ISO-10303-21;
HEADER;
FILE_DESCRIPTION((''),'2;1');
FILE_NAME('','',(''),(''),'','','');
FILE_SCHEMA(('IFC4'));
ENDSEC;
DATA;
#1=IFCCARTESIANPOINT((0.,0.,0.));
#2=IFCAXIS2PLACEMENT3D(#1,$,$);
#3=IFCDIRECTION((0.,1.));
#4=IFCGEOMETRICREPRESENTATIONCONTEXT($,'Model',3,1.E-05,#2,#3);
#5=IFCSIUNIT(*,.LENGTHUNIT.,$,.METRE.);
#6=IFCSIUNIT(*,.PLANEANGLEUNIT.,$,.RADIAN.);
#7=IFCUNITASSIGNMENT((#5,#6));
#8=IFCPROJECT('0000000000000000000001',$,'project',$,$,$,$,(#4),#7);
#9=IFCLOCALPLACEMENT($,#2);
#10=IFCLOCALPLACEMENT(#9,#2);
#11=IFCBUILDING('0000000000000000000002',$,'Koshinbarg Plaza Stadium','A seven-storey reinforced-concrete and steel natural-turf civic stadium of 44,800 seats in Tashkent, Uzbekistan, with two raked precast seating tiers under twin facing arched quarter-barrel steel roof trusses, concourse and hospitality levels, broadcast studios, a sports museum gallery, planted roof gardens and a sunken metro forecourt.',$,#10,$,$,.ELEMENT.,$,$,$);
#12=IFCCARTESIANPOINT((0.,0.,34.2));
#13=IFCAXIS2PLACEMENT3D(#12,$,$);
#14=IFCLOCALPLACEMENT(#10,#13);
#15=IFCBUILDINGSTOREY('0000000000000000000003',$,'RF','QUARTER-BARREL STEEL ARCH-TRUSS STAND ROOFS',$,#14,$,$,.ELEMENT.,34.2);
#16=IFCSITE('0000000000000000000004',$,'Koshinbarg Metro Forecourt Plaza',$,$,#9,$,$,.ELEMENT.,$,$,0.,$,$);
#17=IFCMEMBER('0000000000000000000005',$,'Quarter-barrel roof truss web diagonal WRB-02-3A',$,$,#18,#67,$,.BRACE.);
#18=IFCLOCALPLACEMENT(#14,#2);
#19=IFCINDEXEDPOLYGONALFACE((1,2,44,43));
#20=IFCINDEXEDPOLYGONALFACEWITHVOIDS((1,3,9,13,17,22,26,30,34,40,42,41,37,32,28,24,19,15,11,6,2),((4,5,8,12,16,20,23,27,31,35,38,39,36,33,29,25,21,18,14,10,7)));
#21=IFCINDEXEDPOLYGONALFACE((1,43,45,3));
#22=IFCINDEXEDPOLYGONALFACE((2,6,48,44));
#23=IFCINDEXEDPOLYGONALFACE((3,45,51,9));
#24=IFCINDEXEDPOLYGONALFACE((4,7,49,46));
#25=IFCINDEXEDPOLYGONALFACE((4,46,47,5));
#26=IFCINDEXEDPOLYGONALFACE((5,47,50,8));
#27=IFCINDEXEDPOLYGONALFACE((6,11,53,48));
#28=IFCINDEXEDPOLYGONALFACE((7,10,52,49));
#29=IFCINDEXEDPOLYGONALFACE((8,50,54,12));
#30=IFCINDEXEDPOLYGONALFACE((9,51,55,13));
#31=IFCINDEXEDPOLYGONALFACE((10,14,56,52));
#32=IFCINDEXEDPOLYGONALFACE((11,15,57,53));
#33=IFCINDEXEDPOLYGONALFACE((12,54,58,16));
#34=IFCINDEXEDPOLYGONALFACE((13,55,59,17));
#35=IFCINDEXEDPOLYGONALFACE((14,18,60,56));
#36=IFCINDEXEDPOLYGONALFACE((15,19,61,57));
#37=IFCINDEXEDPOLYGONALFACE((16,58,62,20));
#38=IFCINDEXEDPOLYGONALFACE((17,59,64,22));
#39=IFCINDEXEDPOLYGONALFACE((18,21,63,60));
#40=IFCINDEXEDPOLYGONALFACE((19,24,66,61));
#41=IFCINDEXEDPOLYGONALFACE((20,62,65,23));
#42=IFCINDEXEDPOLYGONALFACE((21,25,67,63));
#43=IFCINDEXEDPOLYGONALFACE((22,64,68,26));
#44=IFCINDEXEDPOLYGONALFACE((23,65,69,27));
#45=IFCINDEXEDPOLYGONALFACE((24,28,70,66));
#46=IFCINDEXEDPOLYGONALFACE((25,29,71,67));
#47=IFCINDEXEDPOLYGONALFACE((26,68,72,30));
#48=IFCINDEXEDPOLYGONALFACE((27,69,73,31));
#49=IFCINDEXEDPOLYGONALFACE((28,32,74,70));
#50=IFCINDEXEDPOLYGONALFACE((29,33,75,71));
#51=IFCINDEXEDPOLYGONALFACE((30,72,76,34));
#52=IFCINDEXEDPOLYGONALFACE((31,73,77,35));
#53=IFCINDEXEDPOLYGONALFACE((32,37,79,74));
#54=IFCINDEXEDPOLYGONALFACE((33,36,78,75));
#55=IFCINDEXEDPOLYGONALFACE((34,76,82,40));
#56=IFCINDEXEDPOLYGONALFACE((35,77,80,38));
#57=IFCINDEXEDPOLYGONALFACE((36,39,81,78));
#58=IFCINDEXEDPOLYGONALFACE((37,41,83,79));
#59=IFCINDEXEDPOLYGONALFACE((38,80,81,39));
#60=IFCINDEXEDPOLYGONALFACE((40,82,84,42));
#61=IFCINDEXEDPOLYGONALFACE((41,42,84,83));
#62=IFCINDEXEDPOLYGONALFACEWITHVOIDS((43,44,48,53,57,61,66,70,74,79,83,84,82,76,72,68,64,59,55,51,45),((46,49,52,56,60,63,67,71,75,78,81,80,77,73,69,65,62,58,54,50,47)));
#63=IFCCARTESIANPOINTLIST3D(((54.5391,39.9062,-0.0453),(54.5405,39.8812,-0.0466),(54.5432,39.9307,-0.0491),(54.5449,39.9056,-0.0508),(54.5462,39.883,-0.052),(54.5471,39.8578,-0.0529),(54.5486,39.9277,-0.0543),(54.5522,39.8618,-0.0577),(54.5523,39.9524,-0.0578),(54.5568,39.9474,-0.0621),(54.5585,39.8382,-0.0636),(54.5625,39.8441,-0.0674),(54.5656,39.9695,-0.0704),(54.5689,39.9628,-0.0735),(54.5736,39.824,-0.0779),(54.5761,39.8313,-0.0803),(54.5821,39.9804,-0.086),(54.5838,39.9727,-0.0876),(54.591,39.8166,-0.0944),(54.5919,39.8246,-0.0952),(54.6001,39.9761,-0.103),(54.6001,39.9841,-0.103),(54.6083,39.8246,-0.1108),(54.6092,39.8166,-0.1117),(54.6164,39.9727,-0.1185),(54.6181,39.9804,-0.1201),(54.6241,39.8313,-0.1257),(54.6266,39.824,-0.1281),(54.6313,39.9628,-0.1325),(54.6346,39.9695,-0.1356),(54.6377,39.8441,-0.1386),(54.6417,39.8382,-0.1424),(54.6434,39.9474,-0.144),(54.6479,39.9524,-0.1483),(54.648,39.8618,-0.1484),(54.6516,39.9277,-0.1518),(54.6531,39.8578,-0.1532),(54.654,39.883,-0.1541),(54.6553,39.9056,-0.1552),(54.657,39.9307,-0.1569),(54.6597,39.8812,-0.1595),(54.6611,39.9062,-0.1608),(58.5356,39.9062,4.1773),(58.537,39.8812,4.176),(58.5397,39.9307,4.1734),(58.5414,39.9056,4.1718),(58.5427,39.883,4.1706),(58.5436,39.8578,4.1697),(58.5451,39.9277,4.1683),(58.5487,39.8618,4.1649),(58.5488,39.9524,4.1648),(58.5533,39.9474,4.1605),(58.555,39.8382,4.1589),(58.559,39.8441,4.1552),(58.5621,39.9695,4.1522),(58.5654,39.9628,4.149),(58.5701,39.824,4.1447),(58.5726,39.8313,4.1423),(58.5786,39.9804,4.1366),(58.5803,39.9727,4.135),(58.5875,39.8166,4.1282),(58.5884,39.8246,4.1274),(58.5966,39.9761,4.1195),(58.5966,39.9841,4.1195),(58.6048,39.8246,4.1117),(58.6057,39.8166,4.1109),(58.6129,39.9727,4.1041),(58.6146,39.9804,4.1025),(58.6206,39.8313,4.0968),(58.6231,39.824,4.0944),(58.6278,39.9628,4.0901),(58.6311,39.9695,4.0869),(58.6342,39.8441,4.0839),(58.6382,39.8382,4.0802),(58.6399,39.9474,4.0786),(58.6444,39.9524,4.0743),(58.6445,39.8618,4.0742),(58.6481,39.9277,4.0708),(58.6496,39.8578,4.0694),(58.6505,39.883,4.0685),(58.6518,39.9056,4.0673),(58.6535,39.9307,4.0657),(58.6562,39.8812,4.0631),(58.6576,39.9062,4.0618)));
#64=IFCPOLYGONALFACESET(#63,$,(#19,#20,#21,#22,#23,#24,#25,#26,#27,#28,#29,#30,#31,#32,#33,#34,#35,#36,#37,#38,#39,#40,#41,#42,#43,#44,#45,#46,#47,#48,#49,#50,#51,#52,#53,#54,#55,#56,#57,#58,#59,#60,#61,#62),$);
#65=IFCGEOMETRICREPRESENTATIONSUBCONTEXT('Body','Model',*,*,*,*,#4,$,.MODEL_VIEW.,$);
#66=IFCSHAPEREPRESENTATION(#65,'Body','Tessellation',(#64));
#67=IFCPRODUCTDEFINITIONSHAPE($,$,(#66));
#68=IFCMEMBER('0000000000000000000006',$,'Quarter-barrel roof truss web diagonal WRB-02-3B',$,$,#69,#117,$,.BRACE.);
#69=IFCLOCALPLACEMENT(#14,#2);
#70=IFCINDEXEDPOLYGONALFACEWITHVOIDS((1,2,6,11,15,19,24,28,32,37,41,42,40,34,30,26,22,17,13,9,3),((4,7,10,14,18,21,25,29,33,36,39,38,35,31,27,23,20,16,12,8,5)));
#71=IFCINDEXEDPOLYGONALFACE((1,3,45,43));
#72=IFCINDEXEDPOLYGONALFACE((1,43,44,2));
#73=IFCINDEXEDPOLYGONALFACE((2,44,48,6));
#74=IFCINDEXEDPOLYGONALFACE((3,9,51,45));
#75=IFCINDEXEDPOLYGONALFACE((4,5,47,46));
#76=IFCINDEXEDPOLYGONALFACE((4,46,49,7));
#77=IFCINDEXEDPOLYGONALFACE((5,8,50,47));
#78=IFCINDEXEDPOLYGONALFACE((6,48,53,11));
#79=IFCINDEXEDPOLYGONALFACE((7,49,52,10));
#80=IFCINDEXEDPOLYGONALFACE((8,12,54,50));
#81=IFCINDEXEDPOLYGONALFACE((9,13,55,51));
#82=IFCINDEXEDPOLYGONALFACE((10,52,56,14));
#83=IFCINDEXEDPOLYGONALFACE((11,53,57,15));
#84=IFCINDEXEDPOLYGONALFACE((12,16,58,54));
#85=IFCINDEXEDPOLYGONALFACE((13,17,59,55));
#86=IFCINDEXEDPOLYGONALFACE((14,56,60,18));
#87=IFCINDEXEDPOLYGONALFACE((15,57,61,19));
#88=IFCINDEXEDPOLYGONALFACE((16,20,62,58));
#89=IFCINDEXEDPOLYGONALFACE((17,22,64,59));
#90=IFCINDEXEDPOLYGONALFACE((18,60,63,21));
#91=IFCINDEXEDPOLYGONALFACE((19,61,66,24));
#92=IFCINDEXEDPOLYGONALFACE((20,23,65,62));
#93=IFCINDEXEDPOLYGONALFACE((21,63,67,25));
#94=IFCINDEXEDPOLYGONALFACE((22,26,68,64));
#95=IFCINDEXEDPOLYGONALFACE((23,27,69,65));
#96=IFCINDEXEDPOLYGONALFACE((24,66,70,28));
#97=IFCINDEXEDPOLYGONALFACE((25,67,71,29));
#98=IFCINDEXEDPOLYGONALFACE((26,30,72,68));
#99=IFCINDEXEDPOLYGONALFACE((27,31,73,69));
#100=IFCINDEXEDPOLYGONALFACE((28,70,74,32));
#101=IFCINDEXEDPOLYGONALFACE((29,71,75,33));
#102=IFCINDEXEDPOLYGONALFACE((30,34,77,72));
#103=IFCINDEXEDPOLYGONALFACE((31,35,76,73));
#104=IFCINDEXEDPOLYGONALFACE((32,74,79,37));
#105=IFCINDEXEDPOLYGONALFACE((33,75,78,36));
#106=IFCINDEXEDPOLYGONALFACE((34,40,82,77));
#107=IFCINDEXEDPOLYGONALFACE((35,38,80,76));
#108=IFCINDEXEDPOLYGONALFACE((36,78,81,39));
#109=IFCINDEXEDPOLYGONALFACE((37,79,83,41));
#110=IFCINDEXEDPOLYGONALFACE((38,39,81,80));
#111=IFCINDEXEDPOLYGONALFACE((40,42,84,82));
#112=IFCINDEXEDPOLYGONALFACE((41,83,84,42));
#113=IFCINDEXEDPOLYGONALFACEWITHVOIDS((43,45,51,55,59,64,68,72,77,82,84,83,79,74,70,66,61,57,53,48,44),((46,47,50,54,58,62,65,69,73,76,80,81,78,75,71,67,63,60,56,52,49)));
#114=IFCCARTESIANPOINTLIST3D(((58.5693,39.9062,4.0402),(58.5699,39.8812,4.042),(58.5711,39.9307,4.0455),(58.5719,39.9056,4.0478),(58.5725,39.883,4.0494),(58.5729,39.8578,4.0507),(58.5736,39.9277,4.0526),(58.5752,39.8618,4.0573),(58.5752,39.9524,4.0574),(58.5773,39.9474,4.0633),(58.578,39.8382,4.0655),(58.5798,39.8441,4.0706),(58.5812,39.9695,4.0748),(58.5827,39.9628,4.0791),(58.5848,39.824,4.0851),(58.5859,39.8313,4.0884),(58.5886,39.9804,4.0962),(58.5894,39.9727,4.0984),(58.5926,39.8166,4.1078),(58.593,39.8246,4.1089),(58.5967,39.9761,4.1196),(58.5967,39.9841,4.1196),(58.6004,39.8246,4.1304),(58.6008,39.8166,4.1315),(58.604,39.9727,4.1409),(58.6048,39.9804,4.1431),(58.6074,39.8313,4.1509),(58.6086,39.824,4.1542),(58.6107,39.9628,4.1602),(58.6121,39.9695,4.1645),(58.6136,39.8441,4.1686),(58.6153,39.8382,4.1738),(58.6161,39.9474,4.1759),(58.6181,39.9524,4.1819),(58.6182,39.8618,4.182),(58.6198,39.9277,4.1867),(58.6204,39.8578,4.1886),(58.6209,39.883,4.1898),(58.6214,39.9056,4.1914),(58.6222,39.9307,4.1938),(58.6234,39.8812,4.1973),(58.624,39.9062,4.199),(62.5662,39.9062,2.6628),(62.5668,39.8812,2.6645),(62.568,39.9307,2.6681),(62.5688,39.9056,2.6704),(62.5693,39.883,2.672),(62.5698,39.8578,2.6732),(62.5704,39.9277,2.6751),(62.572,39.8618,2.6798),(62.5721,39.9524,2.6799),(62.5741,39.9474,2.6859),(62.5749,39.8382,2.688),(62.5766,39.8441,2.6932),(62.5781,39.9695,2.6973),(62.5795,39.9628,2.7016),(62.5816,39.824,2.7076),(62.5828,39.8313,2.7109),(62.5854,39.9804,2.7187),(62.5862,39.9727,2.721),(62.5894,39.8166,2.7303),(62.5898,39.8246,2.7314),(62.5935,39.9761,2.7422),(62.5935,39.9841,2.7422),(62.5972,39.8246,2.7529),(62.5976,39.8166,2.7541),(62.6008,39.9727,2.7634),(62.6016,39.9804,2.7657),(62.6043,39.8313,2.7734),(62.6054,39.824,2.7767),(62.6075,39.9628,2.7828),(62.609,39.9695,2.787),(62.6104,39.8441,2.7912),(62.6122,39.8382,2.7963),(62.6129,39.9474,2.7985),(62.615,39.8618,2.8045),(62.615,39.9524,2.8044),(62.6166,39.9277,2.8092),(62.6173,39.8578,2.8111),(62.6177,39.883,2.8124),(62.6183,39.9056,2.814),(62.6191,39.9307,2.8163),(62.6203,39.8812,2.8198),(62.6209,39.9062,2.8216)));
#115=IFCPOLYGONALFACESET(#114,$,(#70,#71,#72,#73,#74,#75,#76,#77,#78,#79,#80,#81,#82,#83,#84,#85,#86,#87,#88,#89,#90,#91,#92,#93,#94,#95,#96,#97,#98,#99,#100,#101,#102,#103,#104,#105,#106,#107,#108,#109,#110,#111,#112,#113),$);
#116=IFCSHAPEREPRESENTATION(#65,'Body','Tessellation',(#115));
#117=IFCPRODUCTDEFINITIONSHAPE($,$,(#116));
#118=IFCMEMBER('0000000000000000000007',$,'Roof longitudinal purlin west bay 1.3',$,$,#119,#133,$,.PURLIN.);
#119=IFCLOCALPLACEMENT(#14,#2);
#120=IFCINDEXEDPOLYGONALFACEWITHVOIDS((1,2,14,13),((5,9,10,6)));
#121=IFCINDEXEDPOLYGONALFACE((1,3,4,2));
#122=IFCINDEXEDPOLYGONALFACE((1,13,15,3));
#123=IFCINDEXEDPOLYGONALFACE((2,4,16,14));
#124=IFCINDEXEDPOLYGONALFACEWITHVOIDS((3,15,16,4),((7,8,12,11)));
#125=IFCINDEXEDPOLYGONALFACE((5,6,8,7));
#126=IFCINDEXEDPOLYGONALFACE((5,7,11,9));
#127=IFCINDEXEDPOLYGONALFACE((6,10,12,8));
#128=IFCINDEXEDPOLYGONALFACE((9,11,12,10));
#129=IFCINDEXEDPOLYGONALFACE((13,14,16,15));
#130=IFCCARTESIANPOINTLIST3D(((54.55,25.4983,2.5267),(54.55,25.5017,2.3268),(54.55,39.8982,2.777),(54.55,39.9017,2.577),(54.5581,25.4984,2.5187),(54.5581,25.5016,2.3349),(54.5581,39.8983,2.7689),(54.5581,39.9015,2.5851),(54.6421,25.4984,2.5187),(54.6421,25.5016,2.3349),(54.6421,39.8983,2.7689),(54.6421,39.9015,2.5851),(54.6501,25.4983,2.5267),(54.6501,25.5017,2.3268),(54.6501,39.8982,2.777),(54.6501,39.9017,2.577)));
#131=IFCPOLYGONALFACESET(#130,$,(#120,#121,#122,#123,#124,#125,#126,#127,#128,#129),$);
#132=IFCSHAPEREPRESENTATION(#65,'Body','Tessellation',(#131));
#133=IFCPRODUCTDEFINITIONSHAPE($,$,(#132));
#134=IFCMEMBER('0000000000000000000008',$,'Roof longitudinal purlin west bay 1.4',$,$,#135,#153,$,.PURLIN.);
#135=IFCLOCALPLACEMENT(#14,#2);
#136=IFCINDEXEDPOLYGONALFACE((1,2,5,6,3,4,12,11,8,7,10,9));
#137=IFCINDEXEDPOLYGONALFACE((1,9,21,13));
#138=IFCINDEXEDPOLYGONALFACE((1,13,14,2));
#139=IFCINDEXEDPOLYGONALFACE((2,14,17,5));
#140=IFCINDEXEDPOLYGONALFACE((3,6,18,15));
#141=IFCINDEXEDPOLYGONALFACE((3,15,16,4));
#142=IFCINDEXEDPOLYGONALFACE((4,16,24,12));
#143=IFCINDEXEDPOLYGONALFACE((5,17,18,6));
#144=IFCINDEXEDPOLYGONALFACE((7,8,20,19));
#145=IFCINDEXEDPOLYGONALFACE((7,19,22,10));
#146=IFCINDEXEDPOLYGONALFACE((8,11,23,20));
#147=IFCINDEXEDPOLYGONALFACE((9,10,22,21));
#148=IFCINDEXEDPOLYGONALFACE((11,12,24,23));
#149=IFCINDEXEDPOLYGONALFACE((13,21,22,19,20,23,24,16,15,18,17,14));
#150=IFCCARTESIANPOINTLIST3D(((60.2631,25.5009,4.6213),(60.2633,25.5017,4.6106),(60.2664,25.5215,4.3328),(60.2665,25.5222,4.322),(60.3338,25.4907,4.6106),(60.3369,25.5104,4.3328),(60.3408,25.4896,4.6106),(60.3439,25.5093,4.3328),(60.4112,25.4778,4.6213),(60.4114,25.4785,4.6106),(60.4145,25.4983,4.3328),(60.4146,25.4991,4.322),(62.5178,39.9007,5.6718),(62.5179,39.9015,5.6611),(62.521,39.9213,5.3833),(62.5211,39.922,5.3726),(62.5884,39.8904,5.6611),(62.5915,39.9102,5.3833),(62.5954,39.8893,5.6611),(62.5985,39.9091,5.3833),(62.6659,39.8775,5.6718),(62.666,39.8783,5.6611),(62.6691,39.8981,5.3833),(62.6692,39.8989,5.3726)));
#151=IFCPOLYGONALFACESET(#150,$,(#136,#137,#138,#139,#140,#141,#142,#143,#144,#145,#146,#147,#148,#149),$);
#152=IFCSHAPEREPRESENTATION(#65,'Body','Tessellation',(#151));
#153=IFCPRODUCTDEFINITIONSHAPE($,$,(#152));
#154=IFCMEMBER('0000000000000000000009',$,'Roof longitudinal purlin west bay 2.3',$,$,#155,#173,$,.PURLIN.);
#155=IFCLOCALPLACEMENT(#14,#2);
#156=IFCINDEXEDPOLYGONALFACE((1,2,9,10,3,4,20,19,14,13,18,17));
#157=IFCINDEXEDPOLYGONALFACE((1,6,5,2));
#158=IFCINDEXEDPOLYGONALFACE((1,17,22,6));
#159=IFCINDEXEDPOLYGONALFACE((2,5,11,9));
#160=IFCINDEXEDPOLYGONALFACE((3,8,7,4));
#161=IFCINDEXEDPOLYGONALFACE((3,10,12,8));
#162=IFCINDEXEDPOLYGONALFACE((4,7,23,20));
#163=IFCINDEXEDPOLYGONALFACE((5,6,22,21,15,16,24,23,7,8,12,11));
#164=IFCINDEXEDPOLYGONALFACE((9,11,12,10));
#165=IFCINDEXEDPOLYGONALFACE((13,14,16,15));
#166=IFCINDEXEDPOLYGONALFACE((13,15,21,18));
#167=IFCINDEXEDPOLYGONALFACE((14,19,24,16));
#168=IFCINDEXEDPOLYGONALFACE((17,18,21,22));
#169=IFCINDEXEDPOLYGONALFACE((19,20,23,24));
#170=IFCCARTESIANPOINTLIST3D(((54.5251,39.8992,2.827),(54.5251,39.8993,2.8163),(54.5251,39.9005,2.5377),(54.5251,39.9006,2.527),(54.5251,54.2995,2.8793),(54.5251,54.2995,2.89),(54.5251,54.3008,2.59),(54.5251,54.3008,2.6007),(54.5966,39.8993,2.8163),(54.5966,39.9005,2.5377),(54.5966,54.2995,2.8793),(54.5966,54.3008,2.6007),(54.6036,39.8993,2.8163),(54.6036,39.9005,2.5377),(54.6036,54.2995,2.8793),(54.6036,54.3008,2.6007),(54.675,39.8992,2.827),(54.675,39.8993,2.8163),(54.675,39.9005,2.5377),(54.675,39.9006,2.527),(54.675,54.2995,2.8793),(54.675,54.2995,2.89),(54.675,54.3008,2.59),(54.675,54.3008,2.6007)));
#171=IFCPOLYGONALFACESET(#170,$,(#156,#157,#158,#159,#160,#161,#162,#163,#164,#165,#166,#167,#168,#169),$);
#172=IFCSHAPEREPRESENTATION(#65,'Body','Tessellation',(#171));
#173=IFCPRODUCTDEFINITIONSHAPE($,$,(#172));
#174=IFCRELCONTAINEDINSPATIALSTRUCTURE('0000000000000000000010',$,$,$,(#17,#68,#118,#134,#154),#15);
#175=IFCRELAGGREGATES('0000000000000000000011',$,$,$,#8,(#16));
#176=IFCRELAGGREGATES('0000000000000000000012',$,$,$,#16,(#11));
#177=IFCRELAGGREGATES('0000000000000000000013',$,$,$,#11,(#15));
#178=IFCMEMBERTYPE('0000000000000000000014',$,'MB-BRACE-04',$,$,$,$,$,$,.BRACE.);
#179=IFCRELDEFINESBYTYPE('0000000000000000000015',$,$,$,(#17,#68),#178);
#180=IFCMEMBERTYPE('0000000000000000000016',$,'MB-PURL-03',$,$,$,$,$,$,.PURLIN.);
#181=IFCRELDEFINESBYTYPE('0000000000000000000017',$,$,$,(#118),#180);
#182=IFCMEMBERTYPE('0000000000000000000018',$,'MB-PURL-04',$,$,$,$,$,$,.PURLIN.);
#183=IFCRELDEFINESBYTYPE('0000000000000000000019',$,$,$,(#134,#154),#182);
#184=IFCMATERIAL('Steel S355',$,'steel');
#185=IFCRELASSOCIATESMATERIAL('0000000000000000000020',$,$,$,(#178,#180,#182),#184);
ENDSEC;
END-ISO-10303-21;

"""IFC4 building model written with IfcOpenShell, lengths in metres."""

from ifc_helpers import new_model, si_unit, direction, frame, origin, origin_2d, place, context, subcontext, project, spatial, hollow_rectangle, hollow_circle, i_section, extrude, material, material_profile, profile_set, type_object, element, save


model = new_model("IFC4")

# Units and contexts
model_context = context("Model", 3, precision=1e-05, world=origin(), true_north=direction((0.0, 1.0)))
body_context = subcontext(model_context, "Body", "Model", "MODEL_VIEW")
ifc_project = project(units=[si_unit("LENGTHUNIT", "METRE"), si_unit("PLANEANGLEUNIT", "RADIAN")], contexts=[model_context])

# Site, building, storey
site_placement = place(None, origin())
site = spatial("IfcSite", under=ifc_project, at=site_placement, Name="Koshinbarg Metro Forecourt Plaza", CompositionType="ELEMENT", RefElevation=0.0)
building_placement = place(site_placement, origin())
building = spatial("IfcBuilding", under=site, at=building_placement, Name="Koshinbarg Plaza Stadium", Description="A seven-storey reinforced-concrete and steel natural-turf civic stadium of 44,800 seats in Tashkent, Uzbekistan, with two raked precast seating tiers under twin facing arched quarter-barrel steel roof trusses, concourse and hospitality levels, broadcast studios, a sports museum gallery, planted roof gardens and a sunken metro forecourt.", CompositionType="ELEMENT")
storey_placement = place(building_placement, frame((0.0, 0.0, 34.2)))
storey = spatial("IfcBuildingStorey", under=building, at=storey_placement, Name="RF", Description="QUARTER-BARREL STEEL ARCH-TRUSS STAND ROOFS", CompositionType="ELEMENT", Elevation=34.2)

# Members
ifc_material_1 = material(Name="Steel S355", Category="steel")
ifc_material_profile_1 = material_profile(ifc_material_1, hollow_circle(Radius=0.0842, WallThickness=0.0081, at=origin_2d()), Name="CHS 168.3x8")
ifc_profile_set_1 = profile_set([ifc_material_profile_1], Name="Steel S355")
member_type_1 = type_object("IfcMemberType", Name="MB-BRACE-04", PredefinedType="BRACE", material=ifc_profile_set_1)
member_1_placement = place(storey_placement, frame((54.6001, 39.8999, -0.103), z_axis=(0.687397, 0.0, 0.726281), x_axis=(0.0, 1.0, 0.0)))
element("IfcMember", 1, at=member_1_placement, inside=storey, type_object=member_type_1, Name="Quarter-barrel roof truss web diagonal WRB-02-3A", PredefinedType="BRACE", context=body_context, shape_type="SweptSolid", body=[
    extrude(hollow_circle(Radius=0.0842, WallThickness=0.0081, at=origin_2d()), origin(), (0.0, 0.0, 1.0), 5.814),
])
member_2_placement = place(storey_placement, frame((58.5967, 39.8999, 4.1196), z_axis=(0.945429, 0.0, -0.325827), x_axis=(0.0, 1.0, 0.0)))
element("IfcMember", 2, at=member_2_placement, inside=storey, type_object=member_type_1, Name="Quarter-barrel roof truss web diagonal WRB-02-3B", PredefinedType="BRACE", context=body_context, shape_type="SweptSolid", body=[
    extrude(hollow_circle(Radius=0.0842, WallThickness=0.0081, at=origin_2d()), origin(), (0.0, 0.0, 1.0), 4.2275),
])
ifc_material_profile_2 = material_profile(ifc_material_1, hollow_rectangle(XDim=0.1001, YDim=0.2, WallThickness=0.0081, at=origin_2d()), Name="RHS 200x100x8")
ifc_profile_set_2 = profile_set([ifc_material_profile_2], Name="Steel S355")
member_type_2 = type_object("IfcMemberType", Name="MB-PURL-03", PredefinedType="PURLIN", material=ifc_profile_set_2)
member_3_placement = place(storey_placement, frame((54.6001, 25.5, 2.4268), z_axis=(0.0, 0.999849, 0.017376), x_axis=(-1.0, 0.0, 0.0)))
element("IfcMember", 3, at=member_3_placement, inside=storey, type_object=member_type_2, Name="Roof longitudinal purlin west bay 1.3", PredefinedType="PURLIN", context=body_context, shape_type="SweptSolid", body=[
    extrude(hollow_rectangle(XDim=0.1001, YDim=0.2, WallThickness=0.0081, at=origin_2d()), origin(), (0.0, 0.0, 1.0), 14.4021),
])
ifc_material_profile_3 = material_profile(ifc_material_1, i_section(OverallWidth=0.1499, OverallDepth=0.3, WebThickness=0.0071, FlangeThickness=0.0107, at=origin_2d()), Name="IPE 300")
ifc_profile_set_3 = profile_set([ifc_material_profile_3], Name="Steel S355")
member_type_3 = type_object("IfcMemberType", Name="MB-PURL-04", PredefinedType="PURLIN", material=ifc_profile_set_3)
member_4_placement = place(storey_placement, frame((60.3389, 25.5, 4.4717), z_axis=(0.154288, 0.985407, 0.07189), x_axis=(-0.987963, 0.154689, 0.0)))
element("IfcMember", 4, at=member_4_placement, inside=storey, type_object=member_type_3, Name="Roof longitudinal purlin west bay 1.4", PredefinedType="PURLIN", context=body_context, shape_type="SweptSolid", body=[
    extrude(i_section(OverallWidth=0.1499, OverallDepth=0.3, WebThickness=0.0071, FlangeThickness=0.0107, at=origin_2d()), origin(), (0.0, 0.0, 1.0), 14.613),
])
member_5_placement = place(storey_placement, frame((54.6001, 39.8999, 2.677), z_axis=(0.0, 0.99999, 0.004374), x_axis=(-1.0, 0.0, 0.0)))
element("IfcMember", 5, at=member_5_placement, inside=storey, type_object=member_type_3, Name="Roof longitudinal purlin west bay 2.3", PredefinedType="PURLIN", context=body_context, shape_type="SweptSolid", body=[
    extrude(i_section(OverallWidth=0.1499, OverallDepth=0.3, WebThickness=0.0071, FlangeThickness=0.0107, at=origin_2d()), origin(), (0.0, 0.0, 1.0), 14.4004),
])

save(model, "model.ifc")
